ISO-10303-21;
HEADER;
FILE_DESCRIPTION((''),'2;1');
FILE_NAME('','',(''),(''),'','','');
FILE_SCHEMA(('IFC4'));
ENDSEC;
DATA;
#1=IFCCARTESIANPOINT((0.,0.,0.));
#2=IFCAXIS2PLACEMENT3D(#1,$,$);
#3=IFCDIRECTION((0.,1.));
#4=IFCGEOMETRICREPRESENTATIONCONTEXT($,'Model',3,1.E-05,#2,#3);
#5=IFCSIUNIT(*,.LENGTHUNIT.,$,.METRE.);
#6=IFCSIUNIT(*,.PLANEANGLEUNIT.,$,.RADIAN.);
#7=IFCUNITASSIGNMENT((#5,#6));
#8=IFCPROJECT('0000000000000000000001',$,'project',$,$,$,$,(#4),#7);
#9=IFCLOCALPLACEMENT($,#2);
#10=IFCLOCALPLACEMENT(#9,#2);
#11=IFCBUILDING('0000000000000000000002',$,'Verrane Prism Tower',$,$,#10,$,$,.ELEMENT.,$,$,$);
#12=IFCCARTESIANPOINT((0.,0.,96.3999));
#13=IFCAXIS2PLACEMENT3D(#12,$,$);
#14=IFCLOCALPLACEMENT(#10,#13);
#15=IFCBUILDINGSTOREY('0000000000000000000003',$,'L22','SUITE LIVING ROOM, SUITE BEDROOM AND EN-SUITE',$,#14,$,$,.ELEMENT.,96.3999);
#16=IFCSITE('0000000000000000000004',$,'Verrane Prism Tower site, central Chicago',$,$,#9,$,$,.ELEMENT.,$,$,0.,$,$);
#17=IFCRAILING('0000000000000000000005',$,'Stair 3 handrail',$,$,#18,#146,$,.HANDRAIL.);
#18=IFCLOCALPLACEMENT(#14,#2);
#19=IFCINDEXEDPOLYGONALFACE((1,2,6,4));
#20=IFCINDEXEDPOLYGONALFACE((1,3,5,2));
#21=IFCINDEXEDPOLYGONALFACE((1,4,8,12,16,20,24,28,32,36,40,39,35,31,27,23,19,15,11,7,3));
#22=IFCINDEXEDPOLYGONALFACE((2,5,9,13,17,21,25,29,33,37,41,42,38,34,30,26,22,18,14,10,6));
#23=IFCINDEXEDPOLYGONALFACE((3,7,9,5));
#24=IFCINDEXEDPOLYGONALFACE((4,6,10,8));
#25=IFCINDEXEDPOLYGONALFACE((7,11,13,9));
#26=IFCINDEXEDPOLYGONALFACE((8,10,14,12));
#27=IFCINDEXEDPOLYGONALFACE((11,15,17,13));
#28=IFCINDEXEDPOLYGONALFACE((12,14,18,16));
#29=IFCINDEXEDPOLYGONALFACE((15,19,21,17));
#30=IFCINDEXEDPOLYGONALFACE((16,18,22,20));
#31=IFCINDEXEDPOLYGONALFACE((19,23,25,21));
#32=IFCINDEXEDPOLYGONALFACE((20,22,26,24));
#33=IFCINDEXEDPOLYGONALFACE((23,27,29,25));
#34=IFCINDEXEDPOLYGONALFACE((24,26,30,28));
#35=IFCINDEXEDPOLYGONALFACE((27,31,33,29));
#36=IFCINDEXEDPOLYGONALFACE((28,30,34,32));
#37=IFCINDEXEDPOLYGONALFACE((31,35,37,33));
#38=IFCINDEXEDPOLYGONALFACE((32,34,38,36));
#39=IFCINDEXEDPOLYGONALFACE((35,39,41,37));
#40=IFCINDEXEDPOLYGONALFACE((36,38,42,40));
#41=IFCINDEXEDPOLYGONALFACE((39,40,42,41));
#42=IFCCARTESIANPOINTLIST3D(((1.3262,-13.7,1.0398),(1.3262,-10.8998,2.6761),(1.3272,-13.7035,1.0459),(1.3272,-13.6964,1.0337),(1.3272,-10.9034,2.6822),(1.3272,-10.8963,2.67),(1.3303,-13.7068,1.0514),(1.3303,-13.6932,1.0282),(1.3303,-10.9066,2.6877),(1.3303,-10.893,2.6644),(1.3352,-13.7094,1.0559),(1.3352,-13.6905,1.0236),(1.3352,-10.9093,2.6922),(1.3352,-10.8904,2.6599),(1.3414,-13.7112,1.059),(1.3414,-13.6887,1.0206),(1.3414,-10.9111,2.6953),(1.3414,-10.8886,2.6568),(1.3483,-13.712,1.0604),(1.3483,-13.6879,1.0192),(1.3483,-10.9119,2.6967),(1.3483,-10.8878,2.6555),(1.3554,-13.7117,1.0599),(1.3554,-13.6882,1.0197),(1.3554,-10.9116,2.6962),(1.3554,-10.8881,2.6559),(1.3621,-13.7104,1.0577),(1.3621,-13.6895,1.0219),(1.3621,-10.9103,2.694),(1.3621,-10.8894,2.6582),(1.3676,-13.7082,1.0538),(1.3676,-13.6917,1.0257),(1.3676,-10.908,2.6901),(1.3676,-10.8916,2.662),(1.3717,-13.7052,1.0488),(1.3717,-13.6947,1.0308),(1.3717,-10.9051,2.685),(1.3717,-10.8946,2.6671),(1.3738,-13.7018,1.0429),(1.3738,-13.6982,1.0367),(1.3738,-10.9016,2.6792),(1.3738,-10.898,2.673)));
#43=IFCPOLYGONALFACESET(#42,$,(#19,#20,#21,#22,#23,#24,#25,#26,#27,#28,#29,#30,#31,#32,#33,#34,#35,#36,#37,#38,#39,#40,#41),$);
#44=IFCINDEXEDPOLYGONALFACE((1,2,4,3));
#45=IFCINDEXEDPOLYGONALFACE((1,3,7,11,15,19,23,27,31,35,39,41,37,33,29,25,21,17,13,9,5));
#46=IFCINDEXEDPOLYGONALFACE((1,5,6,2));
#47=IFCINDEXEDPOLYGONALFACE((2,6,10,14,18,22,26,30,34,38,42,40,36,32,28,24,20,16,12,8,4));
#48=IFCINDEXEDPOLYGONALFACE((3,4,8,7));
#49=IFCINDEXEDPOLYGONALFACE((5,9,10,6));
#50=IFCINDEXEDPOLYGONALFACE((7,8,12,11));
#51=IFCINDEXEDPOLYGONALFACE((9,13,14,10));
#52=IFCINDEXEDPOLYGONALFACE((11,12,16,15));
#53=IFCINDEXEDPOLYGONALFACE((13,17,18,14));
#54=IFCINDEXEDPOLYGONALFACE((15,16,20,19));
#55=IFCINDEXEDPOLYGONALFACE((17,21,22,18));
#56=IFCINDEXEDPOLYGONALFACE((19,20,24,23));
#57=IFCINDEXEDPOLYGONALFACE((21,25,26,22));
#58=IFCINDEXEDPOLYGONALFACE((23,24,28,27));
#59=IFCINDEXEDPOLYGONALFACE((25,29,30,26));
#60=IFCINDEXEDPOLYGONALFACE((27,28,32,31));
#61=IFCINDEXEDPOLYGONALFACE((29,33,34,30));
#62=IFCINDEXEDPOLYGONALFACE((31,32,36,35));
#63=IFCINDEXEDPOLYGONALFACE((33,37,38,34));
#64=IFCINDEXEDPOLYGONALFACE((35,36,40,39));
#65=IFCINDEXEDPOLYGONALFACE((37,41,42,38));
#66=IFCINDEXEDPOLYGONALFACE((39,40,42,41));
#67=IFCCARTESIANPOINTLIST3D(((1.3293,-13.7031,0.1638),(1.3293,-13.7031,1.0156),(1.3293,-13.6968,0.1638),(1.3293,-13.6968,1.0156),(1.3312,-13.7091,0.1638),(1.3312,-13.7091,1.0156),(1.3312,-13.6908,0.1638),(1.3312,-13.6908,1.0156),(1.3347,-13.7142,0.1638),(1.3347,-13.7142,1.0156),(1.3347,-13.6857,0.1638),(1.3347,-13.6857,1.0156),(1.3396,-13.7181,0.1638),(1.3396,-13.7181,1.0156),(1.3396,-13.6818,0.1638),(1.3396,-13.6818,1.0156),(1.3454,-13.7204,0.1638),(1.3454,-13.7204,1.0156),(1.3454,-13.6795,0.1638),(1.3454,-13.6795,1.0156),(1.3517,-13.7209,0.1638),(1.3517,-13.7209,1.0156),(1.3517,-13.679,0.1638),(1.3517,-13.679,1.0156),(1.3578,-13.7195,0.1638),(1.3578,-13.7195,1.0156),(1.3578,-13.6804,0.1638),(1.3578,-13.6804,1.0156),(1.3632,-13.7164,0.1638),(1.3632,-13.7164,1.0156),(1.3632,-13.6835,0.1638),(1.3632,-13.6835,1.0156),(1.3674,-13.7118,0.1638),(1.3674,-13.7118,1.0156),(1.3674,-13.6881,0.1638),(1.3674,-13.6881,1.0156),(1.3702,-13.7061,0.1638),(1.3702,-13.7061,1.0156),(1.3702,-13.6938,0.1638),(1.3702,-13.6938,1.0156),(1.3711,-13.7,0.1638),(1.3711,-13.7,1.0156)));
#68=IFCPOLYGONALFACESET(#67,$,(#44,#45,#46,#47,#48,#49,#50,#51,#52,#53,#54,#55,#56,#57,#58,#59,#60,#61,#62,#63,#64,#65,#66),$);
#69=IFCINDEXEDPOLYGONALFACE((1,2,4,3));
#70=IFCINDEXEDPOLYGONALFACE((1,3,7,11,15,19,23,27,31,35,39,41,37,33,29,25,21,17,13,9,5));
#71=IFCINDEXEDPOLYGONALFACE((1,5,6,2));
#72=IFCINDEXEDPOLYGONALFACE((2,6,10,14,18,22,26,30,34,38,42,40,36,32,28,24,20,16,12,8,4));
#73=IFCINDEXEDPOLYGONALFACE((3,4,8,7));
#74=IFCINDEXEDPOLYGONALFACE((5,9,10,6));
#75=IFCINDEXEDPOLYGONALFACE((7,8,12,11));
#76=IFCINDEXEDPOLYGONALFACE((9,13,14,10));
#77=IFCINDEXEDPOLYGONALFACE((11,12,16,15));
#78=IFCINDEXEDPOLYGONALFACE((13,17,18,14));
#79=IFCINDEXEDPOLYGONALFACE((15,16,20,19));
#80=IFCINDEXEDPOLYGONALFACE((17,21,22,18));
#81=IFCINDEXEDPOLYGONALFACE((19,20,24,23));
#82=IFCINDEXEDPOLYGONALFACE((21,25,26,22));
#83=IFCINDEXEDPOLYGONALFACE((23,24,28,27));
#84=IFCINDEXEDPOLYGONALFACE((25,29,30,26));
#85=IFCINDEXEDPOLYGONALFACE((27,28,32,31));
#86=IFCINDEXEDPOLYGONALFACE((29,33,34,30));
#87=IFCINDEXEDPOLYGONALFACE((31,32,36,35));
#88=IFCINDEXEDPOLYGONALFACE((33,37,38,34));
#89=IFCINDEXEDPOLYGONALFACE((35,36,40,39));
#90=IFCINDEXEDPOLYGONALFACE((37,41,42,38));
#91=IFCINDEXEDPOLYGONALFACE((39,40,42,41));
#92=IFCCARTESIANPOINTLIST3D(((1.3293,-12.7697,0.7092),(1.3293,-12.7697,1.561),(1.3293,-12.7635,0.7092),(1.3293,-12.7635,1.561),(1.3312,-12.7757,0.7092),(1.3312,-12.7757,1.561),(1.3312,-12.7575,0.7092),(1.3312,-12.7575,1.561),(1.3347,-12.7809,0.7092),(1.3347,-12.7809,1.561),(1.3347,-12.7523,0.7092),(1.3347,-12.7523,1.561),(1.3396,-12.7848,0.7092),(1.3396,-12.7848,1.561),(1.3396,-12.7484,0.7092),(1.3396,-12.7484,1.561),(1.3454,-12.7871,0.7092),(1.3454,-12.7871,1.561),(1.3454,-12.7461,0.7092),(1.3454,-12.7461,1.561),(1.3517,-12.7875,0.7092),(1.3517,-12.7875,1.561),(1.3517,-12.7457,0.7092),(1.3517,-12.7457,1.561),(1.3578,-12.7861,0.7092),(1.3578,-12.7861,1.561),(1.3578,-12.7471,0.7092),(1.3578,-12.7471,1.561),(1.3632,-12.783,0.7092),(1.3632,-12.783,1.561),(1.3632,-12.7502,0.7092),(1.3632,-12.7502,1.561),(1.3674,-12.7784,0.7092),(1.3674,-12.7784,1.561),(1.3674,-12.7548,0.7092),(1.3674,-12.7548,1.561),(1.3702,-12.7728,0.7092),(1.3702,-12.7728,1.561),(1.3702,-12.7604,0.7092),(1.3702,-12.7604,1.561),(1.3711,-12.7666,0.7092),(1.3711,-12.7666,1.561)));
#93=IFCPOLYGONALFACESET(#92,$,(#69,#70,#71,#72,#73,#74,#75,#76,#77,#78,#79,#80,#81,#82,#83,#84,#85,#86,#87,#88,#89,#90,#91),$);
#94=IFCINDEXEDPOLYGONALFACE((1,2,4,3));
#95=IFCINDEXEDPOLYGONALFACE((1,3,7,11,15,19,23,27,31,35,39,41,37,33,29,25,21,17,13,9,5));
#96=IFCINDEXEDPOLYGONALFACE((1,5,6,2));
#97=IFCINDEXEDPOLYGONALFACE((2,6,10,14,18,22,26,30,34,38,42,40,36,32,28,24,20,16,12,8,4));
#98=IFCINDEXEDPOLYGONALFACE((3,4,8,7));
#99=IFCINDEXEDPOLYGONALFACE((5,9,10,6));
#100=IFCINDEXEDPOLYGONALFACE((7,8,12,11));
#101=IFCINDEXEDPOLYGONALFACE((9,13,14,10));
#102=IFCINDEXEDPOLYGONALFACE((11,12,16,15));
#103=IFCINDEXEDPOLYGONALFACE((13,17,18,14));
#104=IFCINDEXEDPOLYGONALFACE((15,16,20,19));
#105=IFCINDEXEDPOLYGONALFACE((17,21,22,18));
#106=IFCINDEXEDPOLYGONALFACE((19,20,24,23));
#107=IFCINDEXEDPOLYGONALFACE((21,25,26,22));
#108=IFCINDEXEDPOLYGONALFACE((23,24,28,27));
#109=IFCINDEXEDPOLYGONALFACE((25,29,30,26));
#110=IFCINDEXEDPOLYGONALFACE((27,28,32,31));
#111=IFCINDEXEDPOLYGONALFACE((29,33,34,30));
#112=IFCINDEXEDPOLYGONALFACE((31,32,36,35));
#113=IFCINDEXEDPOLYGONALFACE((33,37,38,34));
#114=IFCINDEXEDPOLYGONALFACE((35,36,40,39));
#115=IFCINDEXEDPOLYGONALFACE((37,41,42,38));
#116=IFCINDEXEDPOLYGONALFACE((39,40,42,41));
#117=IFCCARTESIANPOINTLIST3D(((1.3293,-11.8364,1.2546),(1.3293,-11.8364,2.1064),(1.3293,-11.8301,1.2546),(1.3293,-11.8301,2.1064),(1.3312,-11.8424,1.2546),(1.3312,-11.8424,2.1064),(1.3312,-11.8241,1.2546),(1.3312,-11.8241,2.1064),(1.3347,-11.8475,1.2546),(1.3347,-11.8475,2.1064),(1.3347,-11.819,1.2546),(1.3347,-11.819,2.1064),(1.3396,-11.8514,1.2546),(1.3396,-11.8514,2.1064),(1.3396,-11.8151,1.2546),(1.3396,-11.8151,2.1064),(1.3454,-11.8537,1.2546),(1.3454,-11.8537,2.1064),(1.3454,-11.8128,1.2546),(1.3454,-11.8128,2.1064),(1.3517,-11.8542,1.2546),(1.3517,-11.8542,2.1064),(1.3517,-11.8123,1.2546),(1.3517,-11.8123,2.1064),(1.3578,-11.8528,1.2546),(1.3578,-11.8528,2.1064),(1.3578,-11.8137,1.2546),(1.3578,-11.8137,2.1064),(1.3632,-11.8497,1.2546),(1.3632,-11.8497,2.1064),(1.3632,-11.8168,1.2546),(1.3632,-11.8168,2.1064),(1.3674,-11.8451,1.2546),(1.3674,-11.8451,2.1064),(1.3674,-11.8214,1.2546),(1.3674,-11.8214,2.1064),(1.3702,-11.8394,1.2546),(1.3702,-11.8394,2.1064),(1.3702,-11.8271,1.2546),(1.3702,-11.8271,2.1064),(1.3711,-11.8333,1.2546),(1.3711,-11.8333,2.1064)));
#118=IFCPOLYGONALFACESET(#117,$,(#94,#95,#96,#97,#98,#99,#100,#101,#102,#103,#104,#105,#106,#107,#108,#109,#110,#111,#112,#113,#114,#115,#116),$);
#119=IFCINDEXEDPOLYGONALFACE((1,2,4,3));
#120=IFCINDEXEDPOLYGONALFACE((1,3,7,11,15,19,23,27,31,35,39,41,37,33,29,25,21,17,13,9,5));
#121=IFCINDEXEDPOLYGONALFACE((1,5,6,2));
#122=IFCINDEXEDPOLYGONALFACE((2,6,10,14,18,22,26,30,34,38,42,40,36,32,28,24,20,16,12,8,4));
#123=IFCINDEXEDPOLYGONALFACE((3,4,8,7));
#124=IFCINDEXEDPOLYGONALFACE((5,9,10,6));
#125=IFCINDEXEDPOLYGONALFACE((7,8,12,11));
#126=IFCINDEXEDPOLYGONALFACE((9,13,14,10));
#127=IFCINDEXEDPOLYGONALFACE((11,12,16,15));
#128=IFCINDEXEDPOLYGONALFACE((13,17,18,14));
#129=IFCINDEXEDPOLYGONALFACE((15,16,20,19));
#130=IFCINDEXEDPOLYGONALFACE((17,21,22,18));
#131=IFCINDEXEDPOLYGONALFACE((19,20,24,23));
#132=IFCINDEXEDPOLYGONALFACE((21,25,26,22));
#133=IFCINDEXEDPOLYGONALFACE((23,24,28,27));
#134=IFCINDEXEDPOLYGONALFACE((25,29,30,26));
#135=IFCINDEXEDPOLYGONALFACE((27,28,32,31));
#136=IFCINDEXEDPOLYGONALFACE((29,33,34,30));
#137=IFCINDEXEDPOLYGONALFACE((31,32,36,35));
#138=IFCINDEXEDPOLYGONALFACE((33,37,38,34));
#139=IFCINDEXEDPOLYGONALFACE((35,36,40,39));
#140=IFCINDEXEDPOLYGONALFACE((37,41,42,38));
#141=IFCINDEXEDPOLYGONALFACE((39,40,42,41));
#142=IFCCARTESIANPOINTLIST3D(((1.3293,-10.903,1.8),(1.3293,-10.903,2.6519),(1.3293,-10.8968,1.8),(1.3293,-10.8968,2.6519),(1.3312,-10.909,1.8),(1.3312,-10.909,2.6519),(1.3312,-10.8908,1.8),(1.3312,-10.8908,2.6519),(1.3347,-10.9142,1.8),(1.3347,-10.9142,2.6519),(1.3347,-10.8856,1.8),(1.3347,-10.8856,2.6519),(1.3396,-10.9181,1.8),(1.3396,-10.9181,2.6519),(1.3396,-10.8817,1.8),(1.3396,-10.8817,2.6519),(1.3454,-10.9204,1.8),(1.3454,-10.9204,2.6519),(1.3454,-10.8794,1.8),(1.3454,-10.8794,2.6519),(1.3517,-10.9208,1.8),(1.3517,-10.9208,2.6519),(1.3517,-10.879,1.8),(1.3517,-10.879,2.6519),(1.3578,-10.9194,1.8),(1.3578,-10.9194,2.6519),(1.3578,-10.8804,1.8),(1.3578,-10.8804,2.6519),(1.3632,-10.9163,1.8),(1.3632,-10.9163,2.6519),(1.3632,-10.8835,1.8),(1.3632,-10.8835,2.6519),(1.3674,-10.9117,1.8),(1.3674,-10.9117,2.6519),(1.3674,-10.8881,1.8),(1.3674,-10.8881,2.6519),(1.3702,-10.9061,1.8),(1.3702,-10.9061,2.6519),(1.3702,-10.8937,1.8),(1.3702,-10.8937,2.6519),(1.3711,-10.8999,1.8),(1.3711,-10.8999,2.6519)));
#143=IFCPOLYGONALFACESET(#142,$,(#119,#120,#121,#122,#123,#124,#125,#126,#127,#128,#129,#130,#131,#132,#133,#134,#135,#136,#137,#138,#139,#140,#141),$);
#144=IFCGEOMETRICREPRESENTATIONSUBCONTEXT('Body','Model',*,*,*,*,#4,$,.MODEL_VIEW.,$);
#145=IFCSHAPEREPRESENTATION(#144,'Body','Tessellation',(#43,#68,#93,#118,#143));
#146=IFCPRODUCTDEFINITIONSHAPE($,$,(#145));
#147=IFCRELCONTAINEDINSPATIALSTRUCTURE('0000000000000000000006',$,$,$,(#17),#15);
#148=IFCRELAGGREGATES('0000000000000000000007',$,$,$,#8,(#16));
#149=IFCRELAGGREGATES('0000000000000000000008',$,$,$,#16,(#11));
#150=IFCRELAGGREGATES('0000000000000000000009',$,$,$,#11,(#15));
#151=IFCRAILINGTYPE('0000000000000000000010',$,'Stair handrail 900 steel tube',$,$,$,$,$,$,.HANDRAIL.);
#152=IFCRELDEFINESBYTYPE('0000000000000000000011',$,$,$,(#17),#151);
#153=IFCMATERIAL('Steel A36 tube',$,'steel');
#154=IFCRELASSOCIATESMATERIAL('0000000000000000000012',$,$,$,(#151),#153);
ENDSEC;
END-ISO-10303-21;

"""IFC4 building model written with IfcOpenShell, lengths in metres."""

from ifc_helpers import new_model, si_unit, direction, frame, origin, origin_2d, place, context, subcontext, project, spatial, circle, extrude, material, type_object, element, save


model = new_model("IFC4")

# Units and contexts
model_context = context("Model", 3, precision=1e-05, world=origin(), true_north=direction((0.0, 1.0)))
body_context = subcontext(model_context, "Body", "Model", "MODEL_VIEW")
ifc_project = project(units=[si_unit("LENGTHUNIT", "METRE"), si_unit("PLANEANGLEUNIT", "RADIAN")], contexts=[model_context])

# Site, building, storey
site_placement = place(None, origin())
site = spatial("IfcSite", under=ifc_project, at=site_placement, Name="Verrane Prism Tower site, central Chicago", CompositionType="ELEMENT", RefElevation=0.0)
building_placement = place(site_placement, origin())
building = spatial("IfcBuilding", under=site, at=building_placement, Name="Verrane Prism Tower", CompositionType="ELEMENT")
storey_placement = place(building_placement, frame((0.0, 0.0, 96.3999)))
storey = spatial("IfcBuildingStorey", under=building, at=storey_placement, Name="L22", Description="SUITE LIVING ROOM, SUITE BEDROOM AND EN-SUITE", CompositionType="ELEMENT", Elevation=96.3999)

# Railing
ifc_material_1 = material(Name="Steel A36 tube", Category="steel")
railing_type_1 = type_object("IfcRailingType", Name="Stair handrail 900 steel tube", PredefinedType="HANDRAIL", material=ifc_material_1)
railing_1_placement = place(storey_placement, frame((1.3501, -13.7, 0.1638)))
element("IfcRailing", 1, at=railing_1_placement, inside=storey, type_object=railing_type_1, Name="Stair 3 handrail", PredefinedType="HANDRAIL", context=body_context, shape_type="SweptSolid", body=[
    extrude(circle(Radius=0.0239, at=origin_2d()), frame((0.0, 0.0, 0.876), z_axis=(0.0, 0.863394, 0.504531), x_axis=(-1.0, 0.0, 0.0)), (0.0, 0.0, 1.0), 3.2432),
    extrude(circle(Radius=0.021, at=origin_2d()), origin(), (0.0, 0.0, 1.0), 0.8518),
    extrude(circle(Radius=0.021, at=origin_2d()), frame((0.0, 0.9333, 0.5454)), (0.0, 0.0, 1.0), 0.8518),
    extrude(circle(Radius=0.021, at=origin_2d()), frame((0.0, 1.8667, 1.0908)), (0.0, 0.0, 1.0), 0.8518),
    extrude(circle(Radius=0.021, at=origin_2d()), frame((0.0, 2.8, 1.6362)), (0.0, 0.0, 1.0), 0.8518),
])

save(model, "model.ifc")
